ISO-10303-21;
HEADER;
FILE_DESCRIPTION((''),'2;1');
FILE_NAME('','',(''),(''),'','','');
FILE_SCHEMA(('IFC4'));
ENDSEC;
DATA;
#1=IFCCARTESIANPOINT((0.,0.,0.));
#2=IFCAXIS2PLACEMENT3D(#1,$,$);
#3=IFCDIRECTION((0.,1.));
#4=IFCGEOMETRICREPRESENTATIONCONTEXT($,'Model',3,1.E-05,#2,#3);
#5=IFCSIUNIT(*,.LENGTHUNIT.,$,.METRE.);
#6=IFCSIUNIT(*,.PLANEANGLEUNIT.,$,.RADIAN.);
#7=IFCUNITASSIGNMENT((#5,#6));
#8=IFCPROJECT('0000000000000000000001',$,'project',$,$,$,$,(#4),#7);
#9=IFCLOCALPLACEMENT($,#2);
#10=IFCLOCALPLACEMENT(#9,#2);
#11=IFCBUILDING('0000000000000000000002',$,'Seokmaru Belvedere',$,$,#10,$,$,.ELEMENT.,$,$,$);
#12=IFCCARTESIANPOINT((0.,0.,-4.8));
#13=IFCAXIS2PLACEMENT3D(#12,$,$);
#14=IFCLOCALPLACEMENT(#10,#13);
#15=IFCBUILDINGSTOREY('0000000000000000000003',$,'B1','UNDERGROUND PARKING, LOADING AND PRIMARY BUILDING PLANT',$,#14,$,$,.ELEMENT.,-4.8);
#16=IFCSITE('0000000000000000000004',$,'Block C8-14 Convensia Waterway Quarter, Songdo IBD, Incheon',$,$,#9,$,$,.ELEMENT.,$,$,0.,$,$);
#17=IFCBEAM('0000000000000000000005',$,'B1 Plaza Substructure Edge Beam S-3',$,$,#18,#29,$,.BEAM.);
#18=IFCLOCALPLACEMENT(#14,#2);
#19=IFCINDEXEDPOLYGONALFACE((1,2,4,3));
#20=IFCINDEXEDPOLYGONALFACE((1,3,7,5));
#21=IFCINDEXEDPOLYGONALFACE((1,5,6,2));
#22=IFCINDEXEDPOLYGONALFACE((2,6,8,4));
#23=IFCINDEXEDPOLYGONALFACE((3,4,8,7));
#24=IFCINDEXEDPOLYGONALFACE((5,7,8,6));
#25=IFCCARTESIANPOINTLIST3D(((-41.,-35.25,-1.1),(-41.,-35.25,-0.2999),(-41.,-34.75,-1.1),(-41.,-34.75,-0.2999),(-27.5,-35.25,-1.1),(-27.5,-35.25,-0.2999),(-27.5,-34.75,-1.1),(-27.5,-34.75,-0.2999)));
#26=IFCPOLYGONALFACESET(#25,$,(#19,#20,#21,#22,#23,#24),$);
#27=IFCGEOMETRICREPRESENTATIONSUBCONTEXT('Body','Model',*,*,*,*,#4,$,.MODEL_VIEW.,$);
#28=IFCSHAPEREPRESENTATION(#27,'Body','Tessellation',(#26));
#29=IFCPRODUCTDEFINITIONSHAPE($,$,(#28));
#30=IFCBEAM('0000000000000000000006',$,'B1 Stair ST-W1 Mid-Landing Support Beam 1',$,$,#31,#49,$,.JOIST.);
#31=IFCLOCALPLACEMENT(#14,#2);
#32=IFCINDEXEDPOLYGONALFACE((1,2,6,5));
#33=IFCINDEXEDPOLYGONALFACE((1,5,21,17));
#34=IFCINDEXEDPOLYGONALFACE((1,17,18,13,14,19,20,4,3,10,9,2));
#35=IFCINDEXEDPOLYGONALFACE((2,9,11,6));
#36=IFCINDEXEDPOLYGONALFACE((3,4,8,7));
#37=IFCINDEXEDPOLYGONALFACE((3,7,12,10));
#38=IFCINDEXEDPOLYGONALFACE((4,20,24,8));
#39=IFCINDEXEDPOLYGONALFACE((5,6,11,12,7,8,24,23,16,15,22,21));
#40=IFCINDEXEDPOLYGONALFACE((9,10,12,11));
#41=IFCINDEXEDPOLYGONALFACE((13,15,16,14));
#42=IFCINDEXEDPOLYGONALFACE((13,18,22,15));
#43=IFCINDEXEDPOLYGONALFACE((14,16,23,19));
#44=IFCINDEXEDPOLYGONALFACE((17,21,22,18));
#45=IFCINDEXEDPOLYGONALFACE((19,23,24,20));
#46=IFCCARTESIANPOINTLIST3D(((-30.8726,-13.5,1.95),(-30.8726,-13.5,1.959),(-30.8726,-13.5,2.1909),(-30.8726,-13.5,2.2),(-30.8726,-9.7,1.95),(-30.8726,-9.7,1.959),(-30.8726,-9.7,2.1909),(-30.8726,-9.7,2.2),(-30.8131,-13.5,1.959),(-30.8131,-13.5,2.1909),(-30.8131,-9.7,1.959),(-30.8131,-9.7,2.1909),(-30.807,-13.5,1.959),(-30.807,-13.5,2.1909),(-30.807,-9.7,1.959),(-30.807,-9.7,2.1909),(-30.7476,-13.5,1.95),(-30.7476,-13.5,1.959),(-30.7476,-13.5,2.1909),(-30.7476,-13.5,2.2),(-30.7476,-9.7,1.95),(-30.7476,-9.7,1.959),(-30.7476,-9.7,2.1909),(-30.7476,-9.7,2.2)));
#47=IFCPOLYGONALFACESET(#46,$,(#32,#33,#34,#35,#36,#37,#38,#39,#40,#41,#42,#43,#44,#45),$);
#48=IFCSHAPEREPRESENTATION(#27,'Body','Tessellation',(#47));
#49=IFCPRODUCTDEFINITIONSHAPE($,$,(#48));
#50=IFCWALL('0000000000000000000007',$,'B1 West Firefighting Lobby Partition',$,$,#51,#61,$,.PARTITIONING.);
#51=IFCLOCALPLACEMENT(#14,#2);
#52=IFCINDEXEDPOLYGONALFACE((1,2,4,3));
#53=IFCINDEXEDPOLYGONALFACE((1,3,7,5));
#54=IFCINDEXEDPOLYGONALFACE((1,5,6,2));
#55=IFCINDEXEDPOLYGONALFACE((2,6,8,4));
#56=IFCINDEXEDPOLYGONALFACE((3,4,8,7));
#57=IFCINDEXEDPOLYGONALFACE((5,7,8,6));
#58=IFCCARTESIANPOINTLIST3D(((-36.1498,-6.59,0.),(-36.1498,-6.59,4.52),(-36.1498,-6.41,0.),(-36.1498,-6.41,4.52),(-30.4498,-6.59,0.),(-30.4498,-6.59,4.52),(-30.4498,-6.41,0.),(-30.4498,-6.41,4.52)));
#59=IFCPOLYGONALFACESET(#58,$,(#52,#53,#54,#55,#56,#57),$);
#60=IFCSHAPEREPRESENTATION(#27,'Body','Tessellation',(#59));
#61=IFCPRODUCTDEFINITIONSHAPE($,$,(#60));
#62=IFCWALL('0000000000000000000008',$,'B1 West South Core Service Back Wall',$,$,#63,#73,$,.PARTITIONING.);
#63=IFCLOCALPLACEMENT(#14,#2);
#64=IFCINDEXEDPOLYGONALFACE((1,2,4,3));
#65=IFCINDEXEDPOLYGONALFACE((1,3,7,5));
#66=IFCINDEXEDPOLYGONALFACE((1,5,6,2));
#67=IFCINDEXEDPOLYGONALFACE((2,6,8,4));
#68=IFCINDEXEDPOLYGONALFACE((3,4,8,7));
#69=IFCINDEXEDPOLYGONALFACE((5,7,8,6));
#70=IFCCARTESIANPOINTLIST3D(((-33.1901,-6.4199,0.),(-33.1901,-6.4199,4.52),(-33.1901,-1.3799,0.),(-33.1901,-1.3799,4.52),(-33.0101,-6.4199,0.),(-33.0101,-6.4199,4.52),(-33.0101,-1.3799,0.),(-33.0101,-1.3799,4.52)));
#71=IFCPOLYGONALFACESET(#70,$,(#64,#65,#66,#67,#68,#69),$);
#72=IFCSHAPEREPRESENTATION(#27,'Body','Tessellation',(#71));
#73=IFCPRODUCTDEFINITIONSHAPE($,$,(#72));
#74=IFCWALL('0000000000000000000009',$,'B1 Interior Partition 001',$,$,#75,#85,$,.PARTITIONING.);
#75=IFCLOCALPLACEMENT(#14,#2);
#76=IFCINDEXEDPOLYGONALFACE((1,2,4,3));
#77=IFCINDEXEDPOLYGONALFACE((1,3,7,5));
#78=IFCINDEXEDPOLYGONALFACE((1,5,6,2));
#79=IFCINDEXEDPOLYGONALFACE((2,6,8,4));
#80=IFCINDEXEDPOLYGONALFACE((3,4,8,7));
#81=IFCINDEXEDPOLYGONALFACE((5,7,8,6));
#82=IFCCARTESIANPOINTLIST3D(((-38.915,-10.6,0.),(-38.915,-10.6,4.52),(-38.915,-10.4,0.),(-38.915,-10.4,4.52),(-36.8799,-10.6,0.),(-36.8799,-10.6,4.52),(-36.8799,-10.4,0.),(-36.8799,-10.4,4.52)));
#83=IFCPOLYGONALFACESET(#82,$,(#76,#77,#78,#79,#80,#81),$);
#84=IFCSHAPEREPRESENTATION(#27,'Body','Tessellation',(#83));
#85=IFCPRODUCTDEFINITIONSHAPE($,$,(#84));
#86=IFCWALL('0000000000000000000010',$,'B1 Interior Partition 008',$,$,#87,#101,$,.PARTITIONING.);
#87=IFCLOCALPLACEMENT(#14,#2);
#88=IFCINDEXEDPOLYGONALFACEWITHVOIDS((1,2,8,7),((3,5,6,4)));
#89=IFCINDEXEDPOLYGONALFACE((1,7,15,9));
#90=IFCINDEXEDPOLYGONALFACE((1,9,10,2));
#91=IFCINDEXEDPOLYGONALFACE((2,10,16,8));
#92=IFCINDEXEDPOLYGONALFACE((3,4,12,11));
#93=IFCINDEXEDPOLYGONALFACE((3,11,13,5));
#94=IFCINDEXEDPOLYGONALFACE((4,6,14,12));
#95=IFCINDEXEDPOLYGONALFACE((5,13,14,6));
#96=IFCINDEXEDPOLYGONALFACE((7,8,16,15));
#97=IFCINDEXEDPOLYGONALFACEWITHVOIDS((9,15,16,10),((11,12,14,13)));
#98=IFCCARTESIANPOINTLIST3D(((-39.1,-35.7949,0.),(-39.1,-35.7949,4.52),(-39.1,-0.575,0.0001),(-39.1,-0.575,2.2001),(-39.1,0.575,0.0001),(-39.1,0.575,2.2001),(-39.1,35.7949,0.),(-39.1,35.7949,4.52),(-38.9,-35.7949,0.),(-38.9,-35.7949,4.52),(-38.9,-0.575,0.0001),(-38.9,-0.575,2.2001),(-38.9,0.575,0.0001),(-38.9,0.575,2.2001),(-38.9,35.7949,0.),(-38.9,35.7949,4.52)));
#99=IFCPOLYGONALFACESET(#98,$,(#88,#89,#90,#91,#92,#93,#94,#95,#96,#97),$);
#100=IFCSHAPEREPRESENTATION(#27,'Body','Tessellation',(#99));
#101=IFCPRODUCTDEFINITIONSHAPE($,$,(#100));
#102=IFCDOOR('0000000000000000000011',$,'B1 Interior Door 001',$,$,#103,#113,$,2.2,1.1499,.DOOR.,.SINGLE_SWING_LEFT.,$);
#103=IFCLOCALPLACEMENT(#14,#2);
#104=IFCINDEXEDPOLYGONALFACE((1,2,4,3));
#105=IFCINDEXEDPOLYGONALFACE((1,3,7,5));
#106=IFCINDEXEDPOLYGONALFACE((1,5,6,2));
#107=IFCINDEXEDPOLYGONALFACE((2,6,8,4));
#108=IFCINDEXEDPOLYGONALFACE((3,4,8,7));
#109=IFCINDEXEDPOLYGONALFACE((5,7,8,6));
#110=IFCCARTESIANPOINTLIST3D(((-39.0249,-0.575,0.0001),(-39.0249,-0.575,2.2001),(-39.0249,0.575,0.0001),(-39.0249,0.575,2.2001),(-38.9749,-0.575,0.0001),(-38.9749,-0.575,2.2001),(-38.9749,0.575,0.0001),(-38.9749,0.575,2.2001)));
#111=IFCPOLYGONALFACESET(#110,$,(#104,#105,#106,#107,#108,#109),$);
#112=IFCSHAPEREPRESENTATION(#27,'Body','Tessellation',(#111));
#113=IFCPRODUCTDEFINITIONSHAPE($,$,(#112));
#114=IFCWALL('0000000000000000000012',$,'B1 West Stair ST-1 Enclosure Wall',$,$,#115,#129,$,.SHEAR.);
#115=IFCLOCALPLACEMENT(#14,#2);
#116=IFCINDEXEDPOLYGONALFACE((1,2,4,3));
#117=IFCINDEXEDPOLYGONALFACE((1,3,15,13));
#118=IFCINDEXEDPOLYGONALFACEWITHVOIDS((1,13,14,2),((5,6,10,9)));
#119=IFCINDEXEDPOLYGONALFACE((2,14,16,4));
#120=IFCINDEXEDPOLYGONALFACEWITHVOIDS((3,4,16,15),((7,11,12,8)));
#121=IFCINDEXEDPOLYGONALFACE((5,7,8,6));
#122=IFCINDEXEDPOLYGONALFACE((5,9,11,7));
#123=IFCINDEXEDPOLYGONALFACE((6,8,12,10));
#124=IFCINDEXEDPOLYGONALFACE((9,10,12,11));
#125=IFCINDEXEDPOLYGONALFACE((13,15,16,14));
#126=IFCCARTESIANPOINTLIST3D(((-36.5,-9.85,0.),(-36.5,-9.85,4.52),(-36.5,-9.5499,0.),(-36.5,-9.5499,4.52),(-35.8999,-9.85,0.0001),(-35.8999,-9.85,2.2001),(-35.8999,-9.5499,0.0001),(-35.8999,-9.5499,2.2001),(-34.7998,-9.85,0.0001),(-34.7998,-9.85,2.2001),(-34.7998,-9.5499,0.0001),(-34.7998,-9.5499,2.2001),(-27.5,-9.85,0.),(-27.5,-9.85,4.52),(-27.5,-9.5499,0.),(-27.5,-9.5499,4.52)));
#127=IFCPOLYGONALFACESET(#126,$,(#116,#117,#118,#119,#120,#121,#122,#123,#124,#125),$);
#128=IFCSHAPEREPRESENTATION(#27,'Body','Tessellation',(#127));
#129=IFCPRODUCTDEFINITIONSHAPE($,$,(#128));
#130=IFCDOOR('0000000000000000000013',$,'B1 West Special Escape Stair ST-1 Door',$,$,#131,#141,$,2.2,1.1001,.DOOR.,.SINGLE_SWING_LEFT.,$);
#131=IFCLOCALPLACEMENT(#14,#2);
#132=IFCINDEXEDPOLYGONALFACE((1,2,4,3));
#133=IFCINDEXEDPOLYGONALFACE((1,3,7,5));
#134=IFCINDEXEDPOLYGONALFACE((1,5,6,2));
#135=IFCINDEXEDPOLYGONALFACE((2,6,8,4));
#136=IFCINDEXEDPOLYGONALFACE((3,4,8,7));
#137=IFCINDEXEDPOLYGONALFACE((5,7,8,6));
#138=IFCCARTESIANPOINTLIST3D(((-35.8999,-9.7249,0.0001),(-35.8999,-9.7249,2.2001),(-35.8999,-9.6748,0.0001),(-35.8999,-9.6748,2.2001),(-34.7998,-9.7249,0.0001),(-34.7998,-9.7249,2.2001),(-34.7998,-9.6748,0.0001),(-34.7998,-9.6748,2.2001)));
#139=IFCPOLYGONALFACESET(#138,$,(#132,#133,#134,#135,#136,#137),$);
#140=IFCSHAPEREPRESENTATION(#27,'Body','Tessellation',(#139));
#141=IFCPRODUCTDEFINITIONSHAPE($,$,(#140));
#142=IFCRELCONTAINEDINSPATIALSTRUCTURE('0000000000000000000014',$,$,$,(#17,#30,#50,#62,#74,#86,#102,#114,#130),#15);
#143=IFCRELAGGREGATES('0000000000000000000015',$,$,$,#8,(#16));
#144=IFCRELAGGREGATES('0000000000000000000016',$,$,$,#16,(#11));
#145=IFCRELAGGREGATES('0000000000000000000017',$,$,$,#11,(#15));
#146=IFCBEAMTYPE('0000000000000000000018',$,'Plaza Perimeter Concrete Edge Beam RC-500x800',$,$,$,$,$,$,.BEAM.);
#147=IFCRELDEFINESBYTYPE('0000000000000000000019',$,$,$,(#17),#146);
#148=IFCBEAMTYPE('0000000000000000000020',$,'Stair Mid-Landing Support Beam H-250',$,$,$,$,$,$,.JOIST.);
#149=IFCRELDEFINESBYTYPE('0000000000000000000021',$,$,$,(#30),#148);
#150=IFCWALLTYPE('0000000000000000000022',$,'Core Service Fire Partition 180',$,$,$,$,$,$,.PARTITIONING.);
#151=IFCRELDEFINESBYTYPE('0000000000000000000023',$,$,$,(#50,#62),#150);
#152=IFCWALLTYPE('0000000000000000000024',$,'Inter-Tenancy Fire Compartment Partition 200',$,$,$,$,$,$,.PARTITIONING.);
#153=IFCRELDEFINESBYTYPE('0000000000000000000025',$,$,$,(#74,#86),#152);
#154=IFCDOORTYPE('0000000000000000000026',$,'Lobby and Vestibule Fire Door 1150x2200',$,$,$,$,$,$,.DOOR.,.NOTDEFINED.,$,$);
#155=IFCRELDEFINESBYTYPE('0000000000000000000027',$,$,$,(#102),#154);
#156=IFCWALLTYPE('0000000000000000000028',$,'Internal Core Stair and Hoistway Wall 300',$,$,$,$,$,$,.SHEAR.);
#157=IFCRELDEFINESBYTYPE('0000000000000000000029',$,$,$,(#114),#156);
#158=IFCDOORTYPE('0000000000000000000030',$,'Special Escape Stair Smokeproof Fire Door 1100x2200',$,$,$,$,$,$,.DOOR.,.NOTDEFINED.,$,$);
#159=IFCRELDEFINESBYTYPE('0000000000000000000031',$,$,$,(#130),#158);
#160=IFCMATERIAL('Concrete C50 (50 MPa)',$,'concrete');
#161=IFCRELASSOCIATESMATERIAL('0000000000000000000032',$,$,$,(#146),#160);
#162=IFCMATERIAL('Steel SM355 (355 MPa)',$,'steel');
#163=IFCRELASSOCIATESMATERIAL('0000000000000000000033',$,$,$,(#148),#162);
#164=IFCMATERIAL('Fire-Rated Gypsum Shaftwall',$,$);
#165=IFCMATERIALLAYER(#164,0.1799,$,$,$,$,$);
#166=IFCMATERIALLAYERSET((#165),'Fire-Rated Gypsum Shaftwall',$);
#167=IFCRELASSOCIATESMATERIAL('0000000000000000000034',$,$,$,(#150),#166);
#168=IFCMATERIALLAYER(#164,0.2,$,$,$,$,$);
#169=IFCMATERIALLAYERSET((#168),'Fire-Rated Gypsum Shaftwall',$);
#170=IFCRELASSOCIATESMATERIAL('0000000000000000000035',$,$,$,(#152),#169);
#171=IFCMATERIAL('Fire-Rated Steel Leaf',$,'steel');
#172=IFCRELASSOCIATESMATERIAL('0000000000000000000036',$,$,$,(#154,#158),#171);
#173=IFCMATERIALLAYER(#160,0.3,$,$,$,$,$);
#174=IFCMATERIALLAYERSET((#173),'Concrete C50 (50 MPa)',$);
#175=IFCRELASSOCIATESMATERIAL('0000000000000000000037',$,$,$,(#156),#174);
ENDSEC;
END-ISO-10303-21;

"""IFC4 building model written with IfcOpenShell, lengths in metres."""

from ifc_helpers import new_model, si_unit, direction, frame, frame_2d, origin, origin_2d, place, context, subcontext, project, spatial, rectangle, i_section, extrude, source, transform, mapped, material, layer, layer_set, material_profile, profile_set, type_object, type_shapes, element, fill, save


model = new_model("IFC4")

# Units and contexts
model_context = context("Model", 3, precision=1e-05, world=origin(), true_north=direction((0.0, 1.0)))
body_context = subcontext(model_context, "Body", "Model", "MODEL_VIEW")
ifc_project = project(units=[si_unit("LENGTHUNIT", "METRE"), si_unit("PLANEANGLEUNIT", "RADIAN")], contexts=[model_context])

# Site, building, storey
site_placement = place(None, origin())
site = spatial("IfcSite", under=ifc_project, at=site_placement, Name="Block C8-14 Convensia Waterway Quarter, Songdo IBD, Incheon", CompositionType="ELEMENT", RefElevation=0.0)
building_placement = place(site_placement, origin())
building = spatial("IfcBuilding", under=site, at=building_placement, Name="Seokmaru Belvedere", CompositionType="ELEMENT")
storey_placement = place(building_placement, frame((0.0, 0.0, -4.8)))
storey = spatial("IfcBuildingStorey", under=building, at=storey_placement, Name="B1", Description="UNDERGROUND PARKING, LOADING AND PRIMARY BUILDING PLANT", CompositionType="ELEMENT", Elevation=-4.8)

# Shared definitions
ifc_material_1 = material(Name="Steel SM355 (355 MPa)", Category="steel")

# Beams
ifc_material_2 = material(Name="Concrete C50 (50 MPa)", Category="concrete")
ifc_material_profile_1 = material_profile(ifc_material_2, rectangle(XDim=0.5, YDim=0.8, at=origin_2d()), Name="RC-500x800")
ifc_profile_set_1 = profile_set([ifc_material_profile_1], Name="Concrete C50 (50 MPa)")
beam_type_1 = type_object("IfcBeamType", Name="Plaza Perimeter Concrete Edge Beam RC-500x800", PredefinedType="BEAM", material=ifc_profile_set_1)
shared_shape_1 = source(origin(), body_context, "Body", "SweptSolid", [
    extrude(rectangle(XDim=0.5, YDim=0.8, at=origin_2d()), origin(), (0.0, 0.0, 1.0), 13.5),
])
type_shapes(beam_type_1, [shared_shape_1])
beam_1_placement = place(storey_placement, frame((-41.0, -35.0, -0.7), z_axis=(1.0, 0.0, 0.0), x_axis=(0.0, 1.0, 0.0)))
element("IfcBeam", 1, at=beam_1_placement, inside=storey, type_object=beam_type_1, Name="B1 Plaza Substructure Edge Beam S-3", PredefinedType="BEAM", context=body_context, shape_type="MappedRepresentation", body=[
    mapped(shared_shape_1, transform((0.0, 0.0, 0.0), scale=1.0)),
])
ifc_material_profile_2 = material_profile(ifc_material_1, i_section(OverallWidth=0.125, OverallDepth=0.25, WebThickness=0.0061, FlangeThickness=0.009, at=origin_2d()), Name="H-250x125x6x9")
ifc_profile_set_2 = profile_set([ifc_material_profile_2], Name="Steel SM355 (355 MPa)")
beam_type_2 = type_object("IfcBeamType", Name="Stair Mid-Landing Support Beam H-250", PredefinedType="JOIST", material=ifc_profile_set_2)
shared_shape_2 = source(origin(), body_context, "Body", "SweptSolid", [
    extrude(i_section(OverallWidth=0.125, OverallDepth=0.25, WebThickness=0.0061, FlangeThickness=0.009, at=origin_2d()), origin(), (0.0, 0.0, 1.0), 3.8),
])
type_shapes(beam_type_2, [shared_shape_2])
beam_2_placement = place(storey_placement, frame((-30.8101, -13.5, 2.075), z_axis=(0.0, 1.0, 0.0), x_axis=(-1.0, 0.0, 0.0)))
element("IfcBeam", 2, at=beam_2_placement, inside=storey, type_object=beam_type_2, Name="B1 Stair ST-W1 Mid-Landing Support Beam 1", PredefinedType="JOIST", context=body_context, shape_type="MappedRepresentation", body=[
    mapped(shared_shape_2, transform((0.0, 0.0, 0.0), scale=1.0)),
])

# Walls
ifc_material_3 = material(Name="Fire-Rated Gypsum Shaftwall")
ifc_layer_1 = layer(ifc_material_3, 0.1799)
ifc_layer_set_1 = layer_set([ifc_layer_1], Name="Fire-Rated Gypsum Shaftwall")
wall_type_1 = type_object("IfcWallType", Name="Core Service Fire Partition 180", PredefinedType="PARTITIONING", material=ifc_layer_set_1)
wall_1_placement = place(storey_placement, frame((-36.1499, -6.5, 0.0), z_axis=(0.0, 0.0, 1.0), x_axis=(1.0, 0.0, 0.0)))
element("IfcWall", 3, at=wall_1_placement, inside=storey, type_object=wall_type_1, Name="B1 West Firefighting Lobby Partition", PredefinedType="PARTITIONING", context=body_context, shape_type="SweptSolid", body=[
    extrude(rectangle(XDim=5.7, YDim=0.1799, at=frame_2d((2.8501, 0.0))), origin(), (0.0, 0.0, 1.0), 4.52),
])
wall_2_placement = place(storey_placement, frame((-33.1001, -6.4199, 0.0), z_axis=(0.0, 0.0, 1.0), x_axis=(0.0, 1.0, 0.0)))
element("IfcWall", 4, at=wall_2_placement, inside=storey, type_object=wall_type_1, Name="B1 West South Core Service Back Wall", PredefinedType="PARTITIONING", context=body_context, shape_type="SweptSolid", body=[
    extrude(rectangle(XDim=5.04, YDim=0.1799, at=frame_2d((2.52, 0.0))), origin(), (0.0, 0.0, 1.0), 4.52),
])
ifc_layer_2 = layer(ifc_material_3, 0.2)
ifc_layer_set_2 = layer_set([ifc_layer_2], Name="Fire-Rated Gypsum Shaftwall")
wall_type_2 = type_object("IfcWallType", Name="Inter-Tenancy Fire Compartment Partition 200", PredefinedType="PARTITIONING", material=ifc_layer_set_2)
wall_3_placement = place(storey_placement, frame((-38.915, -10.5, 0.0), z_axis=(0.0, 0.0, 1.0), x_axis=(1.0, 0.0, 0.0)))
element("IfcWall", 5, at=wall_3_placement, inside=storey, type_object=wall_type_2, Name="B1 Interior Partition 001", PredefinedType="PARTITIONING", context=body_context, shape_type="SweptSolid", body=[
    extrude(rectangle(XDim=2.0352, YDim=0.2, at=frame_2d((1.0176, 0.0))), origin(), (0.0, 0.0, 1.0), 4.52),
])

# Walls, openings, doors
wall_4_placement = place(storey_placement, frame((-39.0, -35.7949, 0.0), z_axis=(0.0, 0.0, 1.0), x_axis=(0.0, 1.0, 0.0)))
wall_4 = element("IfcWall", 6, at=wall_4_placement, inside=storey, type_object=wall_type_2, Name="B1 Interior Partition 008", PredefinedType="PARTITIONING", context=body_context, shape_type="SweptSolid", body=[
    extrude(rectangle(XDim=71.5898, YDim=0.2, at=frame_2d((35.7949, 0.0))), origin(), (0.0, 0.0, 1.0), 4.52),
])
opening_1_placement = place(wall_4_placement, frame((35.22, 0.0, 0.0)))
opening_1 = element("IfcOpeningElement", 7, at=opening_1_placement, cuts=wall_4, PredefinedType="OPENING", context=body_context, shape_type="SweptSolid", body=[
    extrude(rectangle(XDim=1.1499, YDim=2.2, at=frame_2d((0.575, 1.1001))), frame((0.0, 0.1099, 0.0), z_axis=(0.0, -1.0, 0.0), x_axis=(1.0, 0.0, 0.0)), (0.0, 0.0, 1.0), 0.22),
])
ifc_material_4 = material(Name="Fire-Rated Steel Leaf", Category="steel")
door_type_1 = type_object("IfcDoorType", Name="Lobby and Vestibule Fire Door 1150x2200", OperationType="NOTDEFINED", PredefinedType="DOOR", material=ifc_material_4)
shared_shape_3 = source(origin(), body_context, "Body", "SweptSolid", [
    extrude(rectangle(XDim=1.1499, YDim=2.2, at=frame_2d((0.575, 1.1001))), frame((0.0, 0.0249, 0.0), z_axis=(0.0, -1.0, 0.0), x_axis=(1.0, 0.0, 0.0)), (0.0, 0.0, 1.0), 0.05),
])
type_shapes(door_type_1, [shared_shape_3])
door_1_placement = place(opening_1_placement, origin())
door_1 = element("IfcDoor", 8, at=door_1_placement, inside=storey, type_object=door_type_1, Name="B1 Interior Door 001", OperationType="SINGLE_SWING_LEFT", OverallHeight=2.2, OverallWidth=1.1499, PredefinedType="DOOR", context=body_context, shape_type="MappedRepresentation", body=[
    mapped(shared_shape_3, transform((0.0, 0.0, 0.0), scale=1.0)),
])
fill(opening_1, door_1)
ifc_layer_3 = layer(ifc_material_2, 0.3)
ifc_layer_set_3 = layer_set([ifc_layer_3], Name="Concrete C50 (50 MPa)")
wall_type_3 = type_object("IfcWallType", Name="Internal Core Stair and Hoistway Wall 300", PredefinedType="SHEAR", material=ifc_layer_set_3)
wall_5_placement = place(storey_placement, frame((-36.5, -9.7, 0.0), z_axis=(0.0, 0.0, 1.0), x_axis=(1.0, 0.0, 0.0)))
wall_5 = element("IfcWall", 9, at=wall_5_placement, inside=storey, type_object=wall_type_3, Name="B1 West Stair ST-1 Enclosure Wall", PredefinedType="SHEAR", context=body_context, shape_type="SweptSolid", body=[
    extrude(rectangle(XDim=9.0, YDim=0.3, at=frame_2d((4.5, 0.0))), origin(), (0.0, 0.0, 1.0), 4.52),
])
opening_2_placement = place(wall_5_placement, frame((0.6001, 0.0, 0.0)))
opening_2 = element("IfcOpeningElement", 10, at=opening_2_placement, cuts=wall_5, PredefinedType="OPENING", context=body_context, shape_type="SweptSolid", body=[
    extrude(rectangle(XDim=1.1001, YDim=2.2, at=frame_2d((0.55, 1.1001))), frame((0.0, 0.1602, 0.0), z_axis=(0.0, -1.0, 0.0), x_axis=(1.0, 0.0, 0.0)), (0.0, 0.0, 1.0), 0.3201),
])
door_type_2 = type_object("IfcDoorType", Name="Special Escape Stair Smokeproof Fire Door 1100x2200", OperationType="NOTDEFINED", PredefinedType="DOOR", material=ifc_material_4)
shared_shape_4 = source(origin(), body_context, "Body", "SweptSolid", [
    extrude(rectangle(XDim=1.1001, YDim=2.2, at=frame_2d((0.55, 1.1001))), frame((0.0, 0.0249, 0.0), z_axis=(0.0, -1.0, 0.0), x_axis=(1.0, 0.0, 0.0)), (0.0, 0.0, 1.0), 0.05),
])
type_shapes(door_type_2, [shared_shape_4])
door_2_placement = place(opening_2_placement, frame((1.1001, 0.0, 0.0), z_axis=(0.0, 0.0, 1.0), x_axis=(-1.0, 0.0, 0.0)))
door_2 = element("IfcDoor", 11, at=door_2_placement, inside=storey, type_object=door_type_2, Name="B1 West Special Escape Stair ST-1 Door", OperationType="SINGLE_SWING_LEFT", OverallHeight=2.2, OverallWidth=1.1001, PredefinedType="DOOR", context=body_context, shape_type="MappedRepresentation", body=[
    mapped(shared_shape_4, transform((0.0, 0.0, 0.0), scale=1.0)),
])
fill(opening_2, door_2)

save(model, "model.ifc")
